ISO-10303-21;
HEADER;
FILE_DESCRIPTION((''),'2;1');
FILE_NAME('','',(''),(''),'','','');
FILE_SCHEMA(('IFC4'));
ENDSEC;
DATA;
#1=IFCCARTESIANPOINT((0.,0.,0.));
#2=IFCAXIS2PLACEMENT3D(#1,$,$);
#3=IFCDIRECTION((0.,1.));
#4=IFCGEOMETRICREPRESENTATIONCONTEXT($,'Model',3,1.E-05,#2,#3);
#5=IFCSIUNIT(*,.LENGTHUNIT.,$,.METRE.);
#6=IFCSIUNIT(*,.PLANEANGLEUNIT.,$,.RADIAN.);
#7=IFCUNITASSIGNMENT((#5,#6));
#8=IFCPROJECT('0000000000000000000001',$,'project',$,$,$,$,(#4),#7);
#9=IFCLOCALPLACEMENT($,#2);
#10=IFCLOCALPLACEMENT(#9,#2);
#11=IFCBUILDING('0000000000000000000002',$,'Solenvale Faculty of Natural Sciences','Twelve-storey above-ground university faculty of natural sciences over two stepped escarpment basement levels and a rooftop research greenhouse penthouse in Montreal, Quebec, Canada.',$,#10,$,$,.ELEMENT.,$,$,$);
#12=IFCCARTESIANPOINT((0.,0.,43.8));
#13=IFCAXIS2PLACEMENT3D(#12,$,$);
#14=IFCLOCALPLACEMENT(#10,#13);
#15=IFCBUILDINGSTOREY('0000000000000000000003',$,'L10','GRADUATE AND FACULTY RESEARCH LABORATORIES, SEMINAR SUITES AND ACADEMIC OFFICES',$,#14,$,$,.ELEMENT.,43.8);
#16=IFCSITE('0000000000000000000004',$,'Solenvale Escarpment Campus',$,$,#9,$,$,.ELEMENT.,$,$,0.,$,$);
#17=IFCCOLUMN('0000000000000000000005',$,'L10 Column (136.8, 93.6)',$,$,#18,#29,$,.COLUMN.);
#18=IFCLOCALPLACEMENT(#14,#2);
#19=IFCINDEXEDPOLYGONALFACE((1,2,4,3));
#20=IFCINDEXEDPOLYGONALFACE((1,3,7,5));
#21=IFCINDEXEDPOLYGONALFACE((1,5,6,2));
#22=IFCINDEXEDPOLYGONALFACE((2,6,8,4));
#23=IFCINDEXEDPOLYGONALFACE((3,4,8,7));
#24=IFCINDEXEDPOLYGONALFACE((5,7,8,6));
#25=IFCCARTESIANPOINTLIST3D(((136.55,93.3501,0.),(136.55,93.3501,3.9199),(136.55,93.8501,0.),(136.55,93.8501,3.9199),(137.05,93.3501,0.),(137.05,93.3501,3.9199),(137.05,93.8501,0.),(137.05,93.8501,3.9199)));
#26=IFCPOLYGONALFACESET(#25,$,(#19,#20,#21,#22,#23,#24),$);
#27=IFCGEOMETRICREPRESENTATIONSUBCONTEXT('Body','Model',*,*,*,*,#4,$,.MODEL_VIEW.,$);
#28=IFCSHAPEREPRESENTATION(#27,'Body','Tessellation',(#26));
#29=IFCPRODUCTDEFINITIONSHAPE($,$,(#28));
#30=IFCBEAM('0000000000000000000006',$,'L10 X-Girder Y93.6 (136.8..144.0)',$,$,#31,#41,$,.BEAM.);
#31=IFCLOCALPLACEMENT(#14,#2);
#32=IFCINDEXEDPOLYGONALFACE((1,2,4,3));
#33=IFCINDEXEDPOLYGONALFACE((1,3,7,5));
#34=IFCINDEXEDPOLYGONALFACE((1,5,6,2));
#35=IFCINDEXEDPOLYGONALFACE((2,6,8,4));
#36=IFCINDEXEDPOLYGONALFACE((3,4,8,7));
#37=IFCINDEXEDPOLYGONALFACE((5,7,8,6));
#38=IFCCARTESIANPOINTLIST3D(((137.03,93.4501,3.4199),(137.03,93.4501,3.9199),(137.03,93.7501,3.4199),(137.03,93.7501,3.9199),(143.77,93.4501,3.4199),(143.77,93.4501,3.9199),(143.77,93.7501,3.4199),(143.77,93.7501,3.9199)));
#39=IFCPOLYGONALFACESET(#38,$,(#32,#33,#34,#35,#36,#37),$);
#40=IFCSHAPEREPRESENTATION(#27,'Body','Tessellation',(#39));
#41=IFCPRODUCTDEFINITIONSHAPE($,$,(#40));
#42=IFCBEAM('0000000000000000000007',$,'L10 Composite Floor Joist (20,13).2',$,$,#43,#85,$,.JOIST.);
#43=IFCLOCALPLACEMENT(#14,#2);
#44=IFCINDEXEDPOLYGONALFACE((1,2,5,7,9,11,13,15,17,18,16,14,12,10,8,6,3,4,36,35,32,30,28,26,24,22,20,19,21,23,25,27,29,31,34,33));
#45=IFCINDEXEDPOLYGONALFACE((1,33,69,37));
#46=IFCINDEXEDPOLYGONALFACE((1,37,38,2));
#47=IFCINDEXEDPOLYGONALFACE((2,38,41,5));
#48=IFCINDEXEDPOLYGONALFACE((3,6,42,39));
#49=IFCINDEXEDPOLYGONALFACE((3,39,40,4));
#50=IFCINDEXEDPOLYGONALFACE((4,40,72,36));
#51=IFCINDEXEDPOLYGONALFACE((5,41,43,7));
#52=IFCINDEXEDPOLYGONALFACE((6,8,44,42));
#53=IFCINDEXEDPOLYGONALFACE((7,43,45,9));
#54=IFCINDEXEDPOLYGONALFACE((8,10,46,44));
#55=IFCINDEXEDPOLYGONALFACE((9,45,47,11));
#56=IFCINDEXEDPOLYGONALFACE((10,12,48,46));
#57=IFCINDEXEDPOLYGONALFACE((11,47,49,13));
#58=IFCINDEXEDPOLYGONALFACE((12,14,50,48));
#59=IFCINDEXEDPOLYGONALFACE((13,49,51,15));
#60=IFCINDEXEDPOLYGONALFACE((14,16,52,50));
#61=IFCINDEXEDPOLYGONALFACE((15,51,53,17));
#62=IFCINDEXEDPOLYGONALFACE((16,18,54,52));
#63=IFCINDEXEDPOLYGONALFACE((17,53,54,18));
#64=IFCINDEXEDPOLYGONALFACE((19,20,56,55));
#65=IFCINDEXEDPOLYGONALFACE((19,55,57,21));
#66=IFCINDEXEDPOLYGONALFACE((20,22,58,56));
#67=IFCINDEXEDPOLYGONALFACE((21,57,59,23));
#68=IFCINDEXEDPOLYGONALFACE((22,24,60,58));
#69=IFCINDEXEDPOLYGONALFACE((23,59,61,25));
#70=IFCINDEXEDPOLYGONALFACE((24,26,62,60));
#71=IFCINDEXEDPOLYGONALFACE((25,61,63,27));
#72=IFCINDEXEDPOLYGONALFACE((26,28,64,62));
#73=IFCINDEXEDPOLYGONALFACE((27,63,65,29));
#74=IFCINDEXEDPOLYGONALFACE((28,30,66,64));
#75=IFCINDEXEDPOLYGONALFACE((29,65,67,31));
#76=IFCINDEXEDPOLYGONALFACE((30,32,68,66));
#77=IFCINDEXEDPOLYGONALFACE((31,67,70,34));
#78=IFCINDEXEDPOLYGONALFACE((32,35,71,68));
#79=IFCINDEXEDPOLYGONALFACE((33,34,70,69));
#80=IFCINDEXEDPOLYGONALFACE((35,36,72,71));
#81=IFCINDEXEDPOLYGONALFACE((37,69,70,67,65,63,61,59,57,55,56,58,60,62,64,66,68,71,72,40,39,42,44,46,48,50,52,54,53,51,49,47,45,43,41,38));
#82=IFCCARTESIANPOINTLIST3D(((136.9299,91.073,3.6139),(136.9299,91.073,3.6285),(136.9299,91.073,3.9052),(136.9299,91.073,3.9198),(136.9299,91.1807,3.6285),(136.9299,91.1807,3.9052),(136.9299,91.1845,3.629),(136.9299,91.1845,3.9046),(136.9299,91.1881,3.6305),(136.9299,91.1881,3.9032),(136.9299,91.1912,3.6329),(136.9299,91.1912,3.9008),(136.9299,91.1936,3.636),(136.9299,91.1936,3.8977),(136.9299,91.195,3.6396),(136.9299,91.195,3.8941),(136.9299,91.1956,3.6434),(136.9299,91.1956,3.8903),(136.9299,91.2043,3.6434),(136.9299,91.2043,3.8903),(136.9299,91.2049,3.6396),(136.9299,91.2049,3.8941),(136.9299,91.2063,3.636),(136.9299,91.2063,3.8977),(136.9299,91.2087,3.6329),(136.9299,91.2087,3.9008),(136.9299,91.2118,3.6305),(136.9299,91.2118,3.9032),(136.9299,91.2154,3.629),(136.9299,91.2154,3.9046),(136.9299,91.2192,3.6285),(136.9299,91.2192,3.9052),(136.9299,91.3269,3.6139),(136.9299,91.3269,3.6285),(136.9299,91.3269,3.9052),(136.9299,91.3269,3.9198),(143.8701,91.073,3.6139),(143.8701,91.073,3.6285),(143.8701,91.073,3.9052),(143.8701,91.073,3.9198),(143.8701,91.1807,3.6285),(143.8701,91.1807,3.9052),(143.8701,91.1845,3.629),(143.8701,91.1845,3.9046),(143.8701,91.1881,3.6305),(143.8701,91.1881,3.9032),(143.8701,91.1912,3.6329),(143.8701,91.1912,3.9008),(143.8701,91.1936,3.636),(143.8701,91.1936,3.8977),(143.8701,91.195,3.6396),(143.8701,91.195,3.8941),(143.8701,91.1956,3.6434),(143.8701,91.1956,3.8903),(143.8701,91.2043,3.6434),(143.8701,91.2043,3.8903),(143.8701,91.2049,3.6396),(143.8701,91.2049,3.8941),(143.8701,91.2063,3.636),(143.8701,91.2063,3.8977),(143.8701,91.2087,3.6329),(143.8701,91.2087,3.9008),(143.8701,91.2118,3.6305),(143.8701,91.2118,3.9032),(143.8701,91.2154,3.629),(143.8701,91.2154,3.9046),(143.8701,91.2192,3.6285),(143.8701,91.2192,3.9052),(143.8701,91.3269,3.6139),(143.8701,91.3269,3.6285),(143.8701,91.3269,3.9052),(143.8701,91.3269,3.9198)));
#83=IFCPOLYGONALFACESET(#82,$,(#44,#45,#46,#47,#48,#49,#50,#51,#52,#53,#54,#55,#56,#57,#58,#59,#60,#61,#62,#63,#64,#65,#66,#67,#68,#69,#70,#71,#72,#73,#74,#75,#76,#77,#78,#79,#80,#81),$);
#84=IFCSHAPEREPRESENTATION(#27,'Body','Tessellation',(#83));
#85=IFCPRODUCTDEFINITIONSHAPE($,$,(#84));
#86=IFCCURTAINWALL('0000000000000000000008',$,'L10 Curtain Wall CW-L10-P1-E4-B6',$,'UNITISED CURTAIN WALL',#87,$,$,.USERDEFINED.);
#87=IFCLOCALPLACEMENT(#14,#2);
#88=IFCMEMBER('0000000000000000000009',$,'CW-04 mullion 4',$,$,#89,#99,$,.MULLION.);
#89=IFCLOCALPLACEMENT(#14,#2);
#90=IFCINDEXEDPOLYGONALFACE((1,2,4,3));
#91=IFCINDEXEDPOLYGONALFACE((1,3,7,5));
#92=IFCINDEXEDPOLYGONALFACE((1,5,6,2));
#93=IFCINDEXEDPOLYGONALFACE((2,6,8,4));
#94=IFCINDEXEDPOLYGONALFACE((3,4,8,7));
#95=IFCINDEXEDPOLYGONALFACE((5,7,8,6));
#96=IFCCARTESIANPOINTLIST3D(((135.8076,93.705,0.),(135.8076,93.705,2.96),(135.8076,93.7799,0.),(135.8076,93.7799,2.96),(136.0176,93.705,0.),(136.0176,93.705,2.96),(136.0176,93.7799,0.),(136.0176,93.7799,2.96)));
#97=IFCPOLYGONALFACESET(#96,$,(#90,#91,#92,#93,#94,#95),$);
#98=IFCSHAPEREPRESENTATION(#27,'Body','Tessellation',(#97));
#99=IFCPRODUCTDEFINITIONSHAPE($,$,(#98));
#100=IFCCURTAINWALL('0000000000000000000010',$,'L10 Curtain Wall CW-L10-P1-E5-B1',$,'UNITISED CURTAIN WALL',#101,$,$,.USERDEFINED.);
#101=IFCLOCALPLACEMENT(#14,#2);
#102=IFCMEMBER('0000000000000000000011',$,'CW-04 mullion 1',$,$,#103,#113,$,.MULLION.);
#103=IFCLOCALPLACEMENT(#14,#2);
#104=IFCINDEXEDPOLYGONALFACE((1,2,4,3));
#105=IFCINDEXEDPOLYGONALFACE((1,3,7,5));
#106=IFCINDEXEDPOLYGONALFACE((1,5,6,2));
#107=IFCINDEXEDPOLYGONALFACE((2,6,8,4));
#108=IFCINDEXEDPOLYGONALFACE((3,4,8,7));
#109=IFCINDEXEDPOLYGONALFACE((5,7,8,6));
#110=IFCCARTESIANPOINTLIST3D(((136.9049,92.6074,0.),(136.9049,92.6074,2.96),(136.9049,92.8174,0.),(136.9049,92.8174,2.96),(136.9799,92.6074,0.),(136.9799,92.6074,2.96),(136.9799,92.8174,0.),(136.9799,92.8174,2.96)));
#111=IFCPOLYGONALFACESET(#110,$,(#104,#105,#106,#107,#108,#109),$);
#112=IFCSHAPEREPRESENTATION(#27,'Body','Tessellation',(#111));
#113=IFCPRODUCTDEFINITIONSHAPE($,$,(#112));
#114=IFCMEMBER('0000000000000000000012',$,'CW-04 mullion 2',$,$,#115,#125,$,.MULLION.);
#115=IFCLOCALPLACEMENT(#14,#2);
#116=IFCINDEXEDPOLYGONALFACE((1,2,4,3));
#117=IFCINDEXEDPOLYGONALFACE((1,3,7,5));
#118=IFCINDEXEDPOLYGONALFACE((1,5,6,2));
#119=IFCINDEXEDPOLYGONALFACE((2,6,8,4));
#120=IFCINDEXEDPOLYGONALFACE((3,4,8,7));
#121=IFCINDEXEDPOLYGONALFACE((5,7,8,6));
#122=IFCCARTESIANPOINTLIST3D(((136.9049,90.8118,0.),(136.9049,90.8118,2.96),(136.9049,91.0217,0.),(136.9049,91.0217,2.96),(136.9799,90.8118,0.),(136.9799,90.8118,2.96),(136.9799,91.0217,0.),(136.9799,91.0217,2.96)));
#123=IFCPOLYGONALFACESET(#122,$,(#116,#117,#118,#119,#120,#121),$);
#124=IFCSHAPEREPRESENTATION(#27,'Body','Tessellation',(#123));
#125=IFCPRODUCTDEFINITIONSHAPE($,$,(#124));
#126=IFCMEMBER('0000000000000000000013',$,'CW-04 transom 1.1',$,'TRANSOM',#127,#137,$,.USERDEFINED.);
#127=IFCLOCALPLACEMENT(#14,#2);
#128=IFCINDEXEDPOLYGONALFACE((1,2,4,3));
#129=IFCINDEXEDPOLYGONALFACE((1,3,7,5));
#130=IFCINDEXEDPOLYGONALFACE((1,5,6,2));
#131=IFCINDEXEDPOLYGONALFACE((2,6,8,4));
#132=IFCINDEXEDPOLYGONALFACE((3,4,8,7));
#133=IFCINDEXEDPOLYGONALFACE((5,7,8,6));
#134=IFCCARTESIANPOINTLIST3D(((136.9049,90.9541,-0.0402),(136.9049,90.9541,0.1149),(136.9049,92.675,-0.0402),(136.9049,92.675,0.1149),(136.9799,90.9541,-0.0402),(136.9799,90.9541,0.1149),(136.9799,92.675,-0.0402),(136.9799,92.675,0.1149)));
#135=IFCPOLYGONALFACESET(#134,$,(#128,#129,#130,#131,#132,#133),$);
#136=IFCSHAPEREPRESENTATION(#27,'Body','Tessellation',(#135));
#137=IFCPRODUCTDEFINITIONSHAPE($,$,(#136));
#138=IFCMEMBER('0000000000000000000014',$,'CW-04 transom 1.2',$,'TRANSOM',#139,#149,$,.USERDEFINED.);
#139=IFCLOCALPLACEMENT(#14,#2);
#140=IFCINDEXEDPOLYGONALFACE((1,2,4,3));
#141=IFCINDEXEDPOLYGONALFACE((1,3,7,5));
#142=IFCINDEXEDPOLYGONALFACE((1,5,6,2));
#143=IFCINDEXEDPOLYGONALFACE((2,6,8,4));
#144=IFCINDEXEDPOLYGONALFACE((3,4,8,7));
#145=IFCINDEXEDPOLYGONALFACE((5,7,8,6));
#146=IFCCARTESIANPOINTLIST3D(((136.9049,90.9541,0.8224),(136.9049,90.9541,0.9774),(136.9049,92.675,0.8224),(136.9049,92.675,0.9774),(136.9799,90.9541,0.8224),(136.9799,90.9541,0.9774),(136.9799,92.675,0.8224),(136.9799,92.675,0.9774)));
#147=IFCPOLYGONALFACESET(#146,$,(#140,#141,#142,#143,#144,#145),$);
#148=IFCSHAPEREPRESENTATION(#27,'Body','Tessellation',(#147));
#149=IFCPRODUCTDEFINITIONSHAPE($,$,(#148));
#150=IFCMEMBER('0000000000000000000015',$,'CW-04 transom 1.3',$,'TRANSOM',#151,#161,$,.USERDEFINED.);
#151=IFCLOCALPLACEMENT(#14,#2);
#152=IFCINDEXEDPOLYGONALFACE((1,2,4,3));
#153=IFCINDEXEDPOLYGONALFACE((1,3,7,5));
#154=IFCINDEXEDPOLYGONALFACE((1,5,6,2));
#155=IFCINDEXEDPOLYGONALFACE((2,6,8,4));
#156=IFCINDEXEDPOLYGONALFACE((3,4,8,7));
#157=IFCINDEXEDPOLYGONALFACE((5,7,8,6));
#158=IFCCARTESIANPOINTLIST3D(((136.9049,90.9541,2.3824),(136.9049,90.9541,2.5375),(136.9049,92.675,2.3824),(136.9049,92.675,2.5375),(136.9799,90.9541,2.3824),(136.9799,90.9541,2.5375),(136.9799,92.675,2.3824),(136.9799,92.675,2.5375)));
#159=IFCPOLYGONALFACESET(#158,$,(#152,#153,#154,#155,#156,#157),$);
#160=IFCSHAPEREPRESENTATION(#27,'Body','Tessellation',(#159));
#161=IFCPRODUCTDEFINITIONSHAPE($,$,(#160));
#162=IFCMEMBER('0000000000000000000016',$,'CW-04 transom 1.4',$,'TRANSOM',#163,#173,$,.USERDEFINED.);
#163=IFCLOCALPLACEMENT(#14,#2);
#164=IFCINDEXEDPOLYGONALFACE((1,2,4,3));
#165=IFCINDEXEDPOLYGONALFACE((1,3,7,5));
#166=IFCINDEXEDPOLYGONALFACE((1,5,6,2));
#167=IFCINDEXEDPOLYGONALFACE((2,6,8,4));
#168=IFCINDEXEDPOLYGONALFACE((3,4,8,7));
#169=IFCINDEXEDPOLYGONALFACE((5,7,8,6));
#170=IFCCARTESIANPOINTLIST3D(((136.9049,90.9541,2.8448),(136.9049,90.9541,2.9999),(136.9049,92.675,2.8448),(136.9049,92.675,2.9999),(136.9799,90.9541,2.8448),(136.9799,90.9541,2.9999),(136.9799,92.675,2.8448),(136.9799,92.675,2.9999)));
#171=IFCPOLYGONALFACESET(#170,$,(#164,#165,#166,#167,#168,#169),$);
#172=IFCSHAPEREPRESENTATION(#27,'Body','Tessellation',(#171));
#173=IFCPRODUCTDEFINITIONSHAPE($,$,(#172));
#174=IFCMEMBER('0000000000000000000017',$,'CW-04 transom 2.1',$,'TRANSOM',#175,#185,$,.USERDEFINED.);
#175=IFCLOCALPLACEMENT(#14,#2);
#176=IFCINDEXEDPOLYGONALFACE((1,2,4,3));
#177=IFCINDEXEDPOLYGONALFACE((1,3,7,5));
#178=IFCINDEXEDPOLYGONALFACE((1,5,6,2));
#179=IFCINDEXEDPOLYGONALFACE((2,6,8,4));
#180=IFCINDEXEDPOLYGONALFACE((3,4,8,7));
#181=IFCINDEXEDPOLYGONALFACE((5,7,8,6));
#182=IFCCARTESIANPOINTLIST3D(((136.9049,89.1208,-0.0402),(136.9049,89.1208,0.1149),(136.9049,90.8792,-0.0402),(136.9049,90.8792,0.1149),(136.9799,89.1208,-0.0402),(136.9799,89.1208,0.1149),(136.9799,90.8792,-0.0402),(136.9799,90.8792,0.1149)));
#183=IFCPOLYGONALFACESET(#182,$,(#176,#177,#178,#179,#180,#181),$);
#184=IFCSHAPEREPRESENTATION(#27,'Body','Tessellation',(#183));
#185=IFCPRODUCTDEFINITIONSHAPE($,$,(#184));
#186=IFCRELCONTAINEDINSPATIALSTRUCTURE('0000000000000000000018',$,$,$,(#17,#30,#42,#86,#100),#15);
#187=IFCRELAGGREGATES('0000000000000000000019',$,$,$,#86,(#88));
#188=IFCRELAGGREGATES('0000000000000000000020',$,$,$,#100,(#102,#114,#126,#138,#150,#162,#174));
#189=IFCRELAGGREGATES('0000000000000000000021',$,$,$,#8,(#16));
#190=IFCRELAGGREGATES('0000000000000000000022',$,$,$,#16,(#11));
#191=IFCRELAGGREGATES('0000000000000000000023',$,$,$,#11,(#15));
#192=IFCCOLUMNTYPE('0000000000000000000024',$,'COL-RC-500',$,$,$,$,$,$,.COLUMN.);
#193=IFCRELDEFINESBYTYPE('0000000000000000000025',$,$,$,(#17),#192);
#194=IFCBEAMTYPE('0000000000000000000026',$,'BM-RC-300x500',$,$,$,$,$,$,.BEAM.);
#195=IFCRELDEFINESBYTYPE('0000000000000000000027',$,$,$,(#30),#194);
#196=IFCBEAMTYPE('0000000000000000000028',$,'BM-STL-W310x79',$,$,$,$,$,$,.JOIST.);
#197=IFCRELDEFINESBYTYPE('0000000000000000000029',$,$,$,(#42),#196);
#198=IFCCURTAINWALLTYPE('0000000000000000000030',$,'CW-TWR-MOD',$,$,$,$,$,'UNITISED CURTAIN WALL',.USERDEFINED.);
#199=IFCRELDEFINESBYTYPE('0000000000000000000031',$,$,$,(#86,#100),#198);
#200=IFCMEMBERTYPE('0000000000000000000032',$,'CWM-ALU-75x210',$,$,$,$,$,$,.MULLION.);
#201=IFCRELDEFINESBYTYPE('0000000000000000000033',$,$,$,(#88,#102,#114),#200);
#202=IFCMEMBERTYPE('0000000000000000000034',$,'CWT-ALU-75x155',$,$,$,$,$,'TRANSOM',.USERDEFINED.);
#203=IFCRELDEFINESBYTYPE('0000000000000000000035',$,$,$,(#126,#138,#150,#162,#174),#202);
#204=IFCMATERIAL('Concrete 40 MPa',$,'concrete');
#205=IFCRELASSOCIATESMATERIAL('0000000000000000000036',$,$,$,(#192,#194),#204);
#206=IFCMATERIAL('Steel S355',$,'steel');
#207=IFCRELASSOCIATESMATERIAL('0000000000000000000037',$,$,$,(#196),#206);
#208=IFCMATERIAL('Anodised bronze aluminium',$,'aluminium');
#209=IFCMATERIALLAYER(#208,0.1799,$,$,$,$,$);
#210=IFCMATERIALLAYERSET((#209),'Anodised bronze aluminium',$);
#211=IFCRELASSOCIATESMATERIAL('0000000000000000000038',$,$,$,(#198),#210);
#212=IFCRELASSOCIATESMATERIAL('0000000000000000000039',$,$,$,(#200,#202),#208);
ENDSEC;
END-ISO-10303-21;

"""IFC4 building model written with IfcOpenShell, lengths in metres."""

from ifc_helpers import new_model, si_unit, direction, frame, origin, origin_2d, place, context, subcontext, project, spatial, rectangle, i_section, extrude, material, layer, layer_set, material_profile, profile_set, type_object, element, aggregate, save


model = new_model("IFC4")

# Units and contexts
model_context = context("Model", 3, precision=1e-05, world=origin(), true_north=direction((0.0, 1.0)))
body_context = subcontext(model_context, "Body", "Model", "MODEL_VIEW")
ifc_project = project(units=[si_unit("LENGTHUNIT", "METRE"), si_unit("PLANEANGLEUNIT", "RADIAN")], contexts=[model_context])

# Site, building, storey
site_placement = place(None, origin())
site = spatial("IfcSite", under=ifc_project, at=site_placement, Name="Solenvale Escarpment Campus", CompositionType="ELEMENT", RefElevation=0.0)
building_placement = place(site_placement, origin())
building = spatial("IfcBuilding", under=site, at=building_placement, Name="Solenvale Faculty of Natural Sciences", Description="Twelve-storey above-ground university faculty of natural sciences over two stepped escarpment basement levels and a rooftop research greenhouse penthouse in Montreal, Quebec, Canada.", CompositionType="ELEMENT")
storey_placement = place(building_placement, frame((0.0, 0.0, 43.8)))
storey = spatial("IfcBuildingStorey", under=building, at=storey_placement, Name="L10", Description="GRADUATE AND FACULTY RESEARCH LABORATORIES, SEMINAR SUITES AND ACADEMIC OFFICES", CompositionType="ELEMENT", Elevation=43.8)

# Column
ifc_material_1 = material(Name="Concrete 40 MPa", Category="concrete")
ifc_material_profile_1 = material_profile(ifc_material_1, rectangle(XDim=0.5, YDim=0.5, at=origin_2d()), Name="RC-COL-500x500")
ifc_profile_set_1 = profile_set([ifc_material_profile_1], Name="Concrete 40 MPa")
column_type = type_object("IfcColumnType", Name="COL-RC-500", PredefinedType="COLUMN", material=ifc_profile_set_1)
column_placement = place(storey_placement, frame((136.8, 93.6001, 0.0), z_axis=(0.0, 0.0, 1.0), x_axis=(1.0, 0.0, 0.0)))
element("IfcColumn", 1, at=column_placement, inside=storey, type_object=column_type, Name="L10 Column (136.8, 93.6)", PredefinedType="COLUMN", context=body_context, shape_type="SweptSolid", body=[
    extrude(rectangle(XDim=0.5, YDim=0.5, at=origin_2d()), origin(), (0.0, 0.0, 1.0), 3.9199),
])

# Beams
ifc_material_profile_2 = material_profile(ifc_material_1, rectangle(XDim=0.3, YDim=0.5, at=origin_2d()), Name="RC-BM-300x500")
ifc_profile_set_2 = profile_set([ifc_material_profile_2], Name="Concrete 40 MPa")
beam_type_1 = type_object("IfcBeamType", Name="BM-RC-300x500", PredefinedType="BEAM", material=ifc_profile_set_2)
beam_1_placement = place(storey_placement, frame((137.03, 93.6001, 3.6699), z_axis=(1.0, 0.0, 0.0), x_axis=(0.0, 1.0, 0.0)))
element("IfcBeam", 2, at=beam_1_placement, inside=storey, type_object=beam_type_1, Name="L10 X-Girder Y93.6 (136.8..144.0)", PredefinedType="BEAM", context=body_context, shape_type="SweptSolid", body=[
    extrude(rectangle(XDim=0.3, YDim=0.5, at=origin_2d()), origin(), (0.0, 0.0, 1.0), 6.74),
])
ifc_material_2 = material(Name="Steel S355", Category="steel")
ifc_material_profile_3 = material_profile(ifc_material_2, i_section(OverallWidth=0.2539, OverallDepth=0.3059, WebThickness=0.0088, FlangeThickness=0.0146, FilletRadius=0.0149, at=origin_2d()), Name="W310x79")
ifc_profile_set_3 = profile_set([ifc_material_profile_3], Name="Steel S355")
beam_type_2 = type_object("IfcBeamType", Name="BM-STL-W310x79", PredefinedType="JOIST", material=ifc_profile_set_3)
beam_2_placement = place(storey_placement, frame((136.9299, 91.2, 3.7668), z_axis=(1.0, 0.0, 0.0), x_axis=(0.0, 1.0, 0.0)))
element("IfcBeam", 3, at=beam_2_placement, inside=storey, type_object=beam_type_2, Name="L10 Composite Floor Joist (20,13).2", PredefinedType="JOIST", context=body_context, shape_type="SweptSolid", body=[
    extrude(i_section(OverallWidth=0.2539, OverallDepth=0.3059, WebThickness=0.0088, FlangeThickness=0.0146, FilletRadius=0.0149, at=origin_2d()), origin(), (0.0, 0.0, 1.0), 6.9402),
])

# Curtain wall, member
ifc_material_3 = material(Name="Anodised bronze aluminium", Category="aluminium")
ifc_layer_1 = layer(ifc_material_3, 0.1799)
ifc_layer_set_1 = layer_set([ifc_layer_1], Name="Anodised bronze aluminium")
curtain_wall_type = type_object("IfcCurtainWallType", Name="CW-TWR-MOD", ElementType="UNITISED CURTAIN WALL", PredefinedType="USERDEFINED", material=ifc_layer_set_1)
curtain_wall_1_placement = place(storey_placement, origin())
curtain_wall_1 = element("IfcCurtainWall", 4, at=curtain_wall_1_placement, inside=storey, type_object=curtain_wall_type, Name="L10 Curtain Wall CW-L10-P1-E4-B6", ObjectType="UNITISED CURTAIN WALL", PredefinedType="USERDEFINED")
ifc_material_profile_4 = material_profile(ifc_material_3, rectangle(XDim=0.075, YDim=0.21, at=origin_2d()), Name="ALU-MUL-75x210")
ifc_profile_set_4 = profile_set([ifc_material_profile_4], Name="Anodised bronze aluminium")
member_type_1 = type_object("IfcMemberType", Name="CWM-ALU-75x210", PredefinedType="MULLION", material=ifc_profile_set_4)
member_1_placement = place(storey_placement, frame((135.9126, 93.7424, 0.0), z_axis=(0.0, 0.0, 1.0), x_axis=(0.0, 1.0, 0.0)))
member_1 = element("IfcMember", 5, at=member_1_placement, type_object=member_type_1, Name="CW-04 mullion 4", PredefinedType="MULLION", context=body_context, shape_type="SweptSolid", body=[
    extrude(rectangle(XDim=0.075, YDim=0.21, at=origin_2d()), origin(), (0.0, 0.0, 1.0), 2.96),
])
aggregate(curtain_wall_1, [member_1])

# Curtain wall, members
curtain_wall_2_placement = place(storey_placement, origin())
curtain_wall_2 = element("IfcCurtainWall", 6, at=curtain_wall_2_placement, inside=storey, type_object=curtain_wall_type, Name="L10 Curtain Wall CW-L10-P1-E5-B1", ObjectType="UNITISED CURTAIN WALL", PredefinedType="USERDEFINED")
member_2_placement = place(storey_placement, frame((136.9424, 92.7124, 0.0), z_axis=(0.0, 0.0, 1.0), x_axis=(1.0, 0.0, 0.0)))
member_2 = element("IfcMember", 7, at=member_2_placement, type_object=member_type_1, Name="CW-04 mullion 1", PredefinedType="MULLION", context=body_context, shape_type="SweptSolid", body=[
    extrude(rectangle(XDim=0.075, YDim=0.21, at=origin_2d()), origin(), (0.0, 0.0, 1.0), 2.96),
])
member_3_placement = place(storey_placement, frame((136.9424, 90.9167, 0.0), z_axis=(0.0, 0.0, 1.0), x_axis=(1.0, 0.0, 0.0)))
member_3 = element("IfcMember", 8, at=member_3_placement, type_object=member_type_1, Name="CW-04 mullion 2", PredefinedType="MULLION", context=body_context, shape_type="SweptSolid", body=[
    extrude(rectangle(XDim=0.075, YDim=0.21, at=origin_2d()), origin(), (0.0, 0.0, 1.0), 2.96),
])
ifc_material_profile_5 = material_profile(ifc_material_3, rectangle(XDim=0.075, YDim=0.155, at=origin_2d()), Name="ALU-TRN-75x155")
ifc_profile_set_5 = profile_set([ifc_material_profile_5], Name="Anodised bronze aluminium")
member_type_2 = type_object("IfcMemberType", Name="CWT-ALU-75x155", ElementType="TRANSOM", PredefinedType="USERDEFINED", material=ifc_profile_set_5)
member_4_placement = place(storey_placement, frame((136.9424, 92.675, 0.0374), z_axis=(0.0, -1.0, 0.0), x_axis=(1.0, 0.0, 0.0)))
member_4 = element("IfcMember", 9, at=member_4_placement, type_object=member_type_2, Name="CW-04 transom 1.1", ObjectType="TRANSOM", PredefinedType="USERDEFINED", context=body_context, shape_type="SweptSolid", body=[
    extrude(rectangle(XDim=0.075, YDim=0.155, at=origin_2d()), origin(), (0.0, 0.0, 1.0), 1.7209),
])
member_5_placement = place(storey_placement, frame((136.9424, 92.675, 0.8999), z_axis=(0.0, -1.0, 0.0), x_axis=(1.0, 0.0, 0.0)))
member_5 = element("IfcMember", 10, at=member_5_placement, type_object=member_type_2, Name="CW-04 transom 1.2", ObjectType="TRANSOM", PredefinedType="USERDEFINED", context=body_context, shape_type="SweptSolid", body=[
    extrude(rectangle(XDim=0.075, YDim=0.155, at=origin_2d()), origin(), (0.0, 0.0, 1.0), 1.7209),
])
member_6_placement = place(storey_placement, frame((136.9424, 92.675, 2.46), z_axis=(0.0, -1.0, 0.0), x_axis=(1.0, 0.0, 0.0)))
member_6 = element("IfcMember", 11, at=member_6_placement, type_object=member_type_2, Name="CW-04 transom 1.3", ObjectType="TRANSOM", PredefinedType="USERDEFINED", context=body_context, shape_type="SweptSolid", body=[
    extrude(rectangle(XDim=0.075, YDim=0.155, at=origin_2d()), origin(), (0.0, 0.0, 1.0), 1.7209),
])
member_7_placement = place(storey_placement, frame((136.9424, 92.675, 2.9224), z_axis=(0.0, -1.0, 0.0), x_axis=(1.0, 0.0, 0.0)))
member_7 = element("IfcMember", 12, at=member_7_placement, type_object=member_type_2, Name="CW-04 transom 1.4", ObjectType="TRANSOM", PredefinedType="USERDEFINED", context=body_context, shape_type="SweptSolid", body=[
    extrude(rectangle(XDim=0.075, YDim=0.155, at=origin_2d()), origin(), (0.0, 0.0, 1.0), 1.7209),
])
member_8_placement = place(storey_placement, frame((136.9424, 90.8792, 0.0374), z_axis=(0.0, -1.0, 0.0), x_axis=(1.0, 0.0, 0.0)))
member_8 = element("IfcMember", 13, at=member_8_placement, type_object=member_type_2, Name="CW-04 transom 2.1", ObjectType="TRANSOM", PredefinedType="USERDEFINED", context=body_context, shape_type="SweptSolid", body=[
    extrude(rectangle(XDim=0.075, YDim=0.155, at=origin_2d()), origin(), (0.0, 0.0, 1.0), 1.7583),
])
aggregate(curtain_wall_2, [member_2, member_3, member_4, member_5, member_6, member_7, member_8])

save(model, "model.ifc")
